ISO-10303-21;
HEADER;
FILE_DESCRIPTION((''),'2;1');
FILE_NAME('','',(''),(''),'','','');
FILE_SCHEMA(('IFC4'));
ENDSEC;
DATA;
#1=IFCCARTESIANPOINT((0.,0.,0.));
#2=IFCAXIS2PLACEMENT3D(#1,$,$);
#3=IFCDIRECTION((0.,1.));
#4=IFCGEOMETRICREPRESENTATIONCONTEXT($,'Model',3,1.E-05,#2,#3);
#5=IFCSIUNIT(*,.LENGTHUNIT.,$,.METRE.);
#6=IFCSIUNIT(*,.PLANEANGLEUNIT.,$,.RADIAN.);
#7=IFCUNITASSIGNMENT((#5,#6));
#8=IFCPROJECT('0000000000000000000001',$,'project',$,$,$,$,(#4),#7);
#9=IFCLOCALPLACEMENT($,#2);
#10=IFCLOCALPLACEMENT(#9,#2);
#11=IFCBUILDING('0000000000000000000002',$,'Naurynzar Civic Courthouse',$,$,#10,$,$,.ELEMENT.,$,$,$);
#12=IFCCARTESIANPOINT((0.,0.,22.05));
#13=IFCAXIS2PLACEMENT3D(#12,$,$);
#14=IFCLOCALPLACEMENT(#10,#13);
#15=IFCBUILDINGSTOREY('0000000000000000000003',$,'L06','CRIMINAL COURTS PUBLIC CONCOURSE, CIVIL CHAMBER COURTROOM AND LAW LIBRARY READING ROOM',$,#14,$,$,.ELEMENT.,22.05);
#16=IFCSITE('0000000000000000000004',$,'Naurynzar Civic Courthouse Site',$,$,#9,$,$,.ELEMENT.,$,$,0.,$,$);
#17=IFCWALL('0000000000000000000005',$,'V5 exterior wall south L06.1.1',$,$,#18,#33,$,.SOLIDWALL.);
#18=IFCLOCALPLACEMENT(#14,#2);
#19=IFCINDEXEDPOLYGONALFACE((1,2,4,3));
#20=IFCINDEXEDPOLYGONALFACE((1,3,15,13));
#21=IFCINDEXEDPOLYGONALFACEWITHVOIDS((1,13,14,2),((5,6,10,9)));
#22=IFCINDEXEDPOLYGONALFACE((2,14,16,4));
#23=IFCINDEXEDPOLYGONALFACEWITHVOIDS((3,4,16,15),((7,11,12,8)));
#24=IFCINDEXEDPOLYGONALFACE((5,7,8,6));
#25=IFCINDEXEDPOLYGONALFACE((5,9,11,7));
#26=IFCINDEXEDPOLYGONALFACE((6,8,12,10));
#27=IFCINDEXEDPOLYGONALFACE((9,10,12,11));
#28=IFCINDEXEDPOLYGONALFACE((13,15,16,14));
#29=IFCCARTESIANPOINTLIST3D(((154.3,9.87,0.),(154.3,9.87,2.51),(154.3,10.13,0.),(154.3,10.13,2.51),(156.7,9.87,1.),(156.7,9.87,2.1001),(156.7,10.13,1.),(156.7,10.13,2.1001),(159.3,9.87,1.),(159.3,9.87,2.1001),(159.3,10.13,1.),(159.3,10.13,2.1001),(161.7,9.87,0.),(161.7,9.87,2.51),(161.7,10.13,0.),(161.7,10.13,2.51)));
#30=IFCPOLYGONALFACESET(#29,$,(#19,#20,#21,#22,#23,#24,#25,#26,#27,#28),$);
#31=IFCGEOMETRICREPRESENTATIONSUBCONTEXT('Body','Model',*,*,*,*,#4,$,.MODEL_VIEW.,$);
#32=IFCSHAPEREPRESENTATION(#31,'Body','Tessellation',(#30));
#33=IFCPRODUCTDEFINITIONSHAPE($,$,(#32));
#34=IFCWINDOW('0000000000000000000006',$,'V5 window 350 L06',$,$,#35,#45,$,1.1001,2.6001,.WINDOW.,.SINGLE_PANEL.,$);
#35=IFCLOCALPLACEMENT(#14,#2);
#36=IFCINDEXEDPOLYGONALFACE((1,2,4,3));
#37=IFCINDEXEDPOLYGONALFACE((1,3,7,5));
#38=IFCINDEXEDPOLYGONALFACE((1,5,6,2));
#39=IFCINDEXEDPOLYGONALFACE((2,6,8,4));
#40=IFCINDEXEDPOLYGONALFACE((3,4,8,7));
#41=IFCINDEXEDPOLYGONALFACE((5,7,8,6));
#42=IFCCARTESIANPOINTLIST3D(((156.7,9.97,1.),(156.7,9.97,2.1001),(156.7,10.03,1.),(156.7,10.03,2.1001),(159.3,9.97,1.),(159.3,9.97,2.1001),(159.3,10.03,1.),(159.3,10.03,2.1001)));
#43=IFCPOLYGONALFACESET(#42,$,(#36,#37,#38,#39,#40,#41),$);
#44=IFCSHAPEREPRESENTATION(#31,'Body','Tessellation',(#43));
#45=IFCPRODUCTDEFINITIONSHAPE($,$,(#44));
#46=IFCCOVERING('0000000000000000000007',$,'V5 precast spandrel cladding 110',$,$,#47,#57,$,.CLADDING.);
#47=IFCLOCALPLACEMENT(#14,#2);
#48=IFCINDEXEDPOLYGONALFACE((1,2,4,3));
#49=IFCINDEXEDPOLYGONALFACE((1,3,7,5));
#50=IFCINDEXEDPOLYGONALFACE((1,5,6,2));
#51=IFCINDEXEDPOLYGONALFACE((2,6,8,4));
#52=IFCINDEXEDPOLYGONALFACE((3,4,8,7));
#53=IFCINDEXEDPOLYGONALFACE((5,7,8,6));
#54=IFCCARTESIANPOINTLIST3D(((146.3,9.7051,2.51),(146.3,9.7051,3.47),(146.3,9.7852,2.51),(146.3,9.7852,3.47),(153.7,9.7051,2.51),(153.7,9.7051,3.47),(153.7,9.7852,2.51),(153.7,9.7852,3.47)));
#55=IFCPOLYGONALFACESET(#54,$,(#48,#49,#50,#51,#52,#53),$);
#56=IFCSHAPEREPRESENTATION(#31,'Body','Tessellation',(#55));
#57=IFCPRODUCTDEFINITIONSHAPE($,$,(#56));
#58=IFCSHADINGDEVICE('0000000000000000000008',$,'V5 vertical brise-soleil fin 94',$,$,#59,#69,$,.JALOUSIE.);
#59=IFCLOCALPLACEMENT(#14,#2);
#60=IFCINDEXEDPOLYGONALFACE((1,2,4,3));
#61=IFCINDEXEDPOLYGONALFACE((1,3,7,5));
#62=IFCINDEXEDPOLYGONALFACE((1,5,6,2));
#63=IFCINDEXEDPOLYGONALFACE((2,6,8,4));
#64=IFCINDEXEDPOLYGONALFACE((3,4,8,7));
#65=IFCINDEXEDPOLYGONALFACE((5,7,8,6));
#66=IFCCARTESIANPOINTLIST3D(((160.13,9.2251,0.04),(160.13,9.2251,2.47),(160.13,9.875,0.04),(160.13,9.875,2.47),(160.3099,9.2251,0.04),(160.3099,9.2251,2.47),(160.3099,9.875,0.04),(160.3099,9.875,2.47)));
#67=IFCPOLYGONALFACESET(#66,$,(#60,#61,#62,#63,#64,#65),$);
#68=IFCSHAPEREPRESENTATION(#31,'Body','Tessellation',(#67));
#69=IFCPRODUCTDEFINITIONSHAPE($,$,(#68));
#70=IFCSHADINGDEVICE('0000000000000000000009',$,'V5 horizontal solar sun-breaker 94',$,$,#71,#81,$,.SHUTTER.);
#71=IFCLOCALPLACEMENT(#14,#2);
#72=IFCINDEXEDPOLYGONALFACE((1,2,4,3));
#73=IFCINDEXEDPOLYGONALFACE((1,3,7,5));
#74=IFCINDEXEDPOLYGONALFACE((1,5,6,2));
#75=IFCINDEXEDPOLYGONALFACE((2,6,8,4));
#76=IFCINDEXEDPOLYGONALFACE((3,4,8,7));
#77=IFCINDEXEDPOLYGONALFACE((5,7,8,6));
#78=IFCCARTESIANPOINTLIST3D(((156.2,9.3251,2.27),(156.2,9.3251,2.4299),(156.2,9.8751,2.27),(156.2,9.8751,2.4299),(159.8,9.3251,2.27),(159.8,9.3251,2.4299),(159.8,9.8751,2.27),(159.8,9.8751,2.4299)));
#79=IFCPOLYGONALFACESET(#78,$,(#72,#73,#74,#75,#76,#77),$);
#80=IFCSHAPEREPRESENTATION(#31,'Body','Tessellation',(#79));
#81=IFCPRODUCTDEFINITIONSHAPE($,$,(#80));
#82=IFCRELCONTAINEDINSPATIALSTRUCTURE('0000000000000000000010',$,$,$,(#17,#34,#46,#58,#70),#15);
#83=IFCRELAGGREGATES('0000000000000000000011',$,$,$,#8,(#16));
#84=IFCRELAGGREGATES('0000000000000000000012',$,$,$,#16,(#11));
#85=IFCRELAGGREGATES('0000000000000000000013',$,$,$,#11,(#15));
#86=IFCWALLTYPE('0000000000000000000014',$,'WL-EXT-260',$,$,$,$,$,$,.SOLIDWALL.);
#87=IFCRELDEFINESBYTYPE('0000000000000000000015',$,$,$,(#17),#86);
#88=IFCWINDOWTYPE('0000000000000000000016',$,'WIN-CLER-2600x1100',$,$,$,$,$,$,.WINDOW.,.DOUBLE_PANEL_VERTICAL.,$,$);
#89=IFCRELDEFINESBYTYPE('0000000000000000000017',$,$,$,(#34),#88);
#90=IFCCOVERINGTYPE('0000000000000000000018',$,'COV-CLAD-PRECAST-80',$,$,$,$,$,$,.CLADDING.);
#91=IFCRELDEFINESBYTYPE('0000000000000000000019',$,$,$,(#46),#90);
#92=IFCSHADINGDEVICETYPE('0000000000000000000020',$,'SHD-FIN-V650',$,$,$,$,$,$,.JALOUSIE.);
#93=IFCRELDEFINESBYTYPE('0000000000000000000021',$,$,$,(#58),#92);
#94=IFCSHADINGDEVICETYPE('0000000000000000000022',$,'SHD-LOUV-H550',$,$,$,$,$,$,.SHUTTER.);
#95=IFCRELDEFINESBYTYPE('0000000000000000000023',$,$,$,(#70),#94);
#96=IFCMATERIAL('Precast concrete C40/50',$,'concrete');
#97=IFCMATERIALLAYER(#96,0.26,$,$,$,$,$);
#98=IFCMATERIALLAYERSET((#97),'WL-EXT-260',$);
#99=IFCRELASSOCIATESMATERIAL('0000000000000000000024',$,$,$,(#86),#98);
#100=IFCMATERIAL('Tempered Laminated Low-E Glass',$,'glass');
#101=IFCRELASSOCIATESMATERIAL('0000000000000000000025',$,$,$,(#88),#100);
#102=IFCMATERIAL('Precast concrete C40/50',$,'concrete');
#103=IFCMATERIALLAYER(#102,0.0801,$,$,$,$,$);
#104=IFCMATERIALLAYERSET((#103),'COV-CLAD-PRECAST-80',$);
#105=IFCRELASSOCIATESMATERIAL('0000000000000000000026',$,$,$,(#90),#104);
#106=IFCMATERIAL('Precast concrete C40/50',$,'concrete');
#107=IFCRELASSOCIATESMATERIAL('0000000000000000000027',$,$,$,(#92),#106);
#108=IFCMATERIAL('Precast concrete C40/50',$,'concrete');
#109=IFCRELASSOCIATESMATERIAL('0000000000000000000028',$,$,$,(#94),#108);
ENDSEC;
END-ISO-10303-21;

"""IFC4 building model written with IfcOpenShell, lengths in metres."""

from ifc_helpers import new_model, si_unit, direction, frame, frame_2d, origin, origin_2d, place, context, subcontext, project, spatial, rectangle, extrude, material, layer, layer_set, type_object, element, fill, save


model = new_model("IFC4")

# Units and contexts
model_context = context("Model", 3, precision=1e-05, world=origin(), true_north=direction((0.0, 1.0)))
body_context = subcontext(model_context, "Body", "Model", "MODEL_VIEW")
ifc_project = project(units=[si_unit("LENGTHUNIT", "METRE"), si_unit("PLANEANGLEUNIT", "RADIAN")], contexts=[model_context])

# Site, building, storey
site_placement = place(None, origin())
site = spatial("IfcSite", under=ifc_project, at=site_placement, Name="Naurynzar Civic Courthouse Site", CompositionType="ELEMENT", RefElevation=0.0)
building_placement = place(site_placement, origin())
building = spatial("IfcBuilding", under=site, at=building_placement, Name="Naurynzar Civic Courthouse", CompositionType="ELEMENT")
storey_placement = place(building_placement, frame((0.0, 0.0, 22.05)))
storey = spatial("IfcBuildingStorey", under=building, at=storey_placement, Name="L06", Description="CRIMINAL COURTS PUBLIC CONCOURSE, CIVIL CHAMBER COURTROOM AND LAW LIBRARY READING ROOM", CompositionType="ELEMENT", Elevation=22.05)

# Wall, opening, window
ifc_material_1 = material(Name="Precast concrete C40/50", Category="concrete")
ifc_layer_1 = layer(ifc_material_1, 0.26)
ifc_layer_set_1 = layer_set([ifc_layer_1], Name="WL-EXT-260")
wall_type = type_object("IfcWallType", Name="WL-EXT-260", PredefinedType="SOLIDWALL", material=ifc_layer_set_1)
wall_placement = place(storey_placement, frame((161.7, 10.0, 0.0), z_axis=(0.0, 0.0, 1.0), x_axis=(-1.0, 0.0, 0.0)))
wall = element("IfcWall", 1, at=wall_placement, inside=storey, type_object=wall_type, Name="V5 exterior wall south L06.1.1", PredefinedType="SOLIDWALL", context=body_context, shape_type="SweptSolid", body=[
    extrude(rectangle(XDim=7.3999, YDim=0.26, at=frame_2d((3.7, 0.0))), origin(), (0.0, 0.0, 1.0), 2.51),
])
opening_placement = place(wall_placement, frame((2.3999, 0.0, 1.0)))
opening = element("IfcOpeningElement", 2, at=opening_placement, cuts=wall, PredefinedType="OPENING", context=body_context, shape_type="SweptSolid", body=[
    extrude(rectangle(XDim=2.6001, YDim=1.1001, at=frame_2d((1.3, 0.55))), frame((0.0, 0.1399, 0.0), z_axis=(0.0, -1.0, 0.0), x_axis=(1.0, 0.0, 0.0)), (0.0, 0.0, 1.0), 0.28),
])
ifc_material_2 = material(Name="Tempered Laminated Low-E Glass", Category="glass")
window_type = type_object("IfcWindowType", Name="WIN-CLER-2600x1100", PartitioningType="DOUBLE_PANEL_VERTICAL", PredefinedType="WINDOW", material=ifc_material_2)
window_placement = place(opening_placement, origin())
window = element("IfcWindow", 3, at=window_placement, inside=storey, type_object=window_type, Name="V5 window 350 L06", OverallHeight=1.1001, OverallWidth=2.6001, PartitioningType="SINGLE_PANEL", PredefinedType="WINDOW", context=body_context, shape_type="SweptSolid", body=[
    extrude(rectangle(XDim=2.6001, YDim=1.1001, at=frame_2d((1.3, 0.55))), frame((0.0, 0.03, 0.0), z_axis=(0.0, -1.0, 0.0), x_axis=(1.0, 0.0, 0.0)), (0.0, 0.0, 1.0), 0.0601),
])
fill(opening, window)

# Covering
ifc_material_3 = material(Name="Precast concrete C40/50", Category="concrete")
ifc_layer_2 = layer(ifc_material_3, 0.0801)
ifc_layer_set_2 = layer_set([ifc_layer_2], Name="COV-CLAD-PRECAST-80")
covering_type = type_object("IfcCoveringType", Name="COV-CLAD-PRECAST-80", PredefinedType="CLADDING", material=ifc_layer_set_2)
covering_placement = place(storey_placement, frame((150.0, 9.7451, 2.51), z_axis=(0.0, 0.0, 1.0), x_axis=(-1.0, 0.0, 0.0)))
element("IfcCovering", 4, at=covering_placement, inside=storey, type_object=covering_type, Name="V5 precast spandrel cladding 110", PredefinedType="CLADDING", context=body_context, shape_type="SweptSolid", body=[
    extrude(rectangle(XDim=7.3999, YDim=0.0801, at=origin_2d()), origin(), (0.0, 0.0, 1.0), 0.96),
])

# Shading devices
ifc_material_4 = material(Name="Precast concrete C40/50", Category="concrete")
shading_device_type_1 = type_object("IfcShadingDeviceType", Name="SHD-FIN-V650", PredefinedType="JALOUSIE", material=ifc_material_4)
shading_device_1_placement = place(storey_placement, frame((160.22, 9.55, 0.04), z_axis=(0.0, 0.0, 1.0), x_axis=(-1.0, 0.0, 0.0)))
element("IfcShadingDevice", 5, at=shading_device_1_placement, inside=storey, type_object=shading_device_type_1, Name="V5 vertical brise-soleil fin 94", PredefinedType="JALOUSIE", context=body_context, shape_type="SweptSolid", body=[
    extrude(rectangle(XDim=0.1799, YDim=0.6499, at=origin_2d()), origin(), (0.0, 0.0, 1.0), 2.4299),
])
ifc_material_5 = material(Name="Precast concrete C40/50", Category="concrete")
shading_device_type_2 = type_object("IfcShadingDeviceType", Name="SHD-LOUV-H550", PredefinedType="SHUTTER", material=ifc_material_5)
shading_device_2_placement = place(storey_placement, frame((158.0, 9.6001, 2.27), z_axis=(0.0, 0.0, 1.0), x_axis=(-1.0, 0.0, 0.0)))
element("IfcShadingDevice", 6, at=shading_device_2_placement, inside=storey, type_object=shading_device_type_2, Name="V5 horizontal solar sun-breaker 94", PredefinedType="SHUTTER", context=body_context, shape_type="SweptSolid", body=[
    extrude(rectangle(XDim=3.6001, YDim=0.55, at=origin_2d()), origin(), (0.0, 0.0, 1.0), 0.1599),
])

save(model, "model.ifc")
